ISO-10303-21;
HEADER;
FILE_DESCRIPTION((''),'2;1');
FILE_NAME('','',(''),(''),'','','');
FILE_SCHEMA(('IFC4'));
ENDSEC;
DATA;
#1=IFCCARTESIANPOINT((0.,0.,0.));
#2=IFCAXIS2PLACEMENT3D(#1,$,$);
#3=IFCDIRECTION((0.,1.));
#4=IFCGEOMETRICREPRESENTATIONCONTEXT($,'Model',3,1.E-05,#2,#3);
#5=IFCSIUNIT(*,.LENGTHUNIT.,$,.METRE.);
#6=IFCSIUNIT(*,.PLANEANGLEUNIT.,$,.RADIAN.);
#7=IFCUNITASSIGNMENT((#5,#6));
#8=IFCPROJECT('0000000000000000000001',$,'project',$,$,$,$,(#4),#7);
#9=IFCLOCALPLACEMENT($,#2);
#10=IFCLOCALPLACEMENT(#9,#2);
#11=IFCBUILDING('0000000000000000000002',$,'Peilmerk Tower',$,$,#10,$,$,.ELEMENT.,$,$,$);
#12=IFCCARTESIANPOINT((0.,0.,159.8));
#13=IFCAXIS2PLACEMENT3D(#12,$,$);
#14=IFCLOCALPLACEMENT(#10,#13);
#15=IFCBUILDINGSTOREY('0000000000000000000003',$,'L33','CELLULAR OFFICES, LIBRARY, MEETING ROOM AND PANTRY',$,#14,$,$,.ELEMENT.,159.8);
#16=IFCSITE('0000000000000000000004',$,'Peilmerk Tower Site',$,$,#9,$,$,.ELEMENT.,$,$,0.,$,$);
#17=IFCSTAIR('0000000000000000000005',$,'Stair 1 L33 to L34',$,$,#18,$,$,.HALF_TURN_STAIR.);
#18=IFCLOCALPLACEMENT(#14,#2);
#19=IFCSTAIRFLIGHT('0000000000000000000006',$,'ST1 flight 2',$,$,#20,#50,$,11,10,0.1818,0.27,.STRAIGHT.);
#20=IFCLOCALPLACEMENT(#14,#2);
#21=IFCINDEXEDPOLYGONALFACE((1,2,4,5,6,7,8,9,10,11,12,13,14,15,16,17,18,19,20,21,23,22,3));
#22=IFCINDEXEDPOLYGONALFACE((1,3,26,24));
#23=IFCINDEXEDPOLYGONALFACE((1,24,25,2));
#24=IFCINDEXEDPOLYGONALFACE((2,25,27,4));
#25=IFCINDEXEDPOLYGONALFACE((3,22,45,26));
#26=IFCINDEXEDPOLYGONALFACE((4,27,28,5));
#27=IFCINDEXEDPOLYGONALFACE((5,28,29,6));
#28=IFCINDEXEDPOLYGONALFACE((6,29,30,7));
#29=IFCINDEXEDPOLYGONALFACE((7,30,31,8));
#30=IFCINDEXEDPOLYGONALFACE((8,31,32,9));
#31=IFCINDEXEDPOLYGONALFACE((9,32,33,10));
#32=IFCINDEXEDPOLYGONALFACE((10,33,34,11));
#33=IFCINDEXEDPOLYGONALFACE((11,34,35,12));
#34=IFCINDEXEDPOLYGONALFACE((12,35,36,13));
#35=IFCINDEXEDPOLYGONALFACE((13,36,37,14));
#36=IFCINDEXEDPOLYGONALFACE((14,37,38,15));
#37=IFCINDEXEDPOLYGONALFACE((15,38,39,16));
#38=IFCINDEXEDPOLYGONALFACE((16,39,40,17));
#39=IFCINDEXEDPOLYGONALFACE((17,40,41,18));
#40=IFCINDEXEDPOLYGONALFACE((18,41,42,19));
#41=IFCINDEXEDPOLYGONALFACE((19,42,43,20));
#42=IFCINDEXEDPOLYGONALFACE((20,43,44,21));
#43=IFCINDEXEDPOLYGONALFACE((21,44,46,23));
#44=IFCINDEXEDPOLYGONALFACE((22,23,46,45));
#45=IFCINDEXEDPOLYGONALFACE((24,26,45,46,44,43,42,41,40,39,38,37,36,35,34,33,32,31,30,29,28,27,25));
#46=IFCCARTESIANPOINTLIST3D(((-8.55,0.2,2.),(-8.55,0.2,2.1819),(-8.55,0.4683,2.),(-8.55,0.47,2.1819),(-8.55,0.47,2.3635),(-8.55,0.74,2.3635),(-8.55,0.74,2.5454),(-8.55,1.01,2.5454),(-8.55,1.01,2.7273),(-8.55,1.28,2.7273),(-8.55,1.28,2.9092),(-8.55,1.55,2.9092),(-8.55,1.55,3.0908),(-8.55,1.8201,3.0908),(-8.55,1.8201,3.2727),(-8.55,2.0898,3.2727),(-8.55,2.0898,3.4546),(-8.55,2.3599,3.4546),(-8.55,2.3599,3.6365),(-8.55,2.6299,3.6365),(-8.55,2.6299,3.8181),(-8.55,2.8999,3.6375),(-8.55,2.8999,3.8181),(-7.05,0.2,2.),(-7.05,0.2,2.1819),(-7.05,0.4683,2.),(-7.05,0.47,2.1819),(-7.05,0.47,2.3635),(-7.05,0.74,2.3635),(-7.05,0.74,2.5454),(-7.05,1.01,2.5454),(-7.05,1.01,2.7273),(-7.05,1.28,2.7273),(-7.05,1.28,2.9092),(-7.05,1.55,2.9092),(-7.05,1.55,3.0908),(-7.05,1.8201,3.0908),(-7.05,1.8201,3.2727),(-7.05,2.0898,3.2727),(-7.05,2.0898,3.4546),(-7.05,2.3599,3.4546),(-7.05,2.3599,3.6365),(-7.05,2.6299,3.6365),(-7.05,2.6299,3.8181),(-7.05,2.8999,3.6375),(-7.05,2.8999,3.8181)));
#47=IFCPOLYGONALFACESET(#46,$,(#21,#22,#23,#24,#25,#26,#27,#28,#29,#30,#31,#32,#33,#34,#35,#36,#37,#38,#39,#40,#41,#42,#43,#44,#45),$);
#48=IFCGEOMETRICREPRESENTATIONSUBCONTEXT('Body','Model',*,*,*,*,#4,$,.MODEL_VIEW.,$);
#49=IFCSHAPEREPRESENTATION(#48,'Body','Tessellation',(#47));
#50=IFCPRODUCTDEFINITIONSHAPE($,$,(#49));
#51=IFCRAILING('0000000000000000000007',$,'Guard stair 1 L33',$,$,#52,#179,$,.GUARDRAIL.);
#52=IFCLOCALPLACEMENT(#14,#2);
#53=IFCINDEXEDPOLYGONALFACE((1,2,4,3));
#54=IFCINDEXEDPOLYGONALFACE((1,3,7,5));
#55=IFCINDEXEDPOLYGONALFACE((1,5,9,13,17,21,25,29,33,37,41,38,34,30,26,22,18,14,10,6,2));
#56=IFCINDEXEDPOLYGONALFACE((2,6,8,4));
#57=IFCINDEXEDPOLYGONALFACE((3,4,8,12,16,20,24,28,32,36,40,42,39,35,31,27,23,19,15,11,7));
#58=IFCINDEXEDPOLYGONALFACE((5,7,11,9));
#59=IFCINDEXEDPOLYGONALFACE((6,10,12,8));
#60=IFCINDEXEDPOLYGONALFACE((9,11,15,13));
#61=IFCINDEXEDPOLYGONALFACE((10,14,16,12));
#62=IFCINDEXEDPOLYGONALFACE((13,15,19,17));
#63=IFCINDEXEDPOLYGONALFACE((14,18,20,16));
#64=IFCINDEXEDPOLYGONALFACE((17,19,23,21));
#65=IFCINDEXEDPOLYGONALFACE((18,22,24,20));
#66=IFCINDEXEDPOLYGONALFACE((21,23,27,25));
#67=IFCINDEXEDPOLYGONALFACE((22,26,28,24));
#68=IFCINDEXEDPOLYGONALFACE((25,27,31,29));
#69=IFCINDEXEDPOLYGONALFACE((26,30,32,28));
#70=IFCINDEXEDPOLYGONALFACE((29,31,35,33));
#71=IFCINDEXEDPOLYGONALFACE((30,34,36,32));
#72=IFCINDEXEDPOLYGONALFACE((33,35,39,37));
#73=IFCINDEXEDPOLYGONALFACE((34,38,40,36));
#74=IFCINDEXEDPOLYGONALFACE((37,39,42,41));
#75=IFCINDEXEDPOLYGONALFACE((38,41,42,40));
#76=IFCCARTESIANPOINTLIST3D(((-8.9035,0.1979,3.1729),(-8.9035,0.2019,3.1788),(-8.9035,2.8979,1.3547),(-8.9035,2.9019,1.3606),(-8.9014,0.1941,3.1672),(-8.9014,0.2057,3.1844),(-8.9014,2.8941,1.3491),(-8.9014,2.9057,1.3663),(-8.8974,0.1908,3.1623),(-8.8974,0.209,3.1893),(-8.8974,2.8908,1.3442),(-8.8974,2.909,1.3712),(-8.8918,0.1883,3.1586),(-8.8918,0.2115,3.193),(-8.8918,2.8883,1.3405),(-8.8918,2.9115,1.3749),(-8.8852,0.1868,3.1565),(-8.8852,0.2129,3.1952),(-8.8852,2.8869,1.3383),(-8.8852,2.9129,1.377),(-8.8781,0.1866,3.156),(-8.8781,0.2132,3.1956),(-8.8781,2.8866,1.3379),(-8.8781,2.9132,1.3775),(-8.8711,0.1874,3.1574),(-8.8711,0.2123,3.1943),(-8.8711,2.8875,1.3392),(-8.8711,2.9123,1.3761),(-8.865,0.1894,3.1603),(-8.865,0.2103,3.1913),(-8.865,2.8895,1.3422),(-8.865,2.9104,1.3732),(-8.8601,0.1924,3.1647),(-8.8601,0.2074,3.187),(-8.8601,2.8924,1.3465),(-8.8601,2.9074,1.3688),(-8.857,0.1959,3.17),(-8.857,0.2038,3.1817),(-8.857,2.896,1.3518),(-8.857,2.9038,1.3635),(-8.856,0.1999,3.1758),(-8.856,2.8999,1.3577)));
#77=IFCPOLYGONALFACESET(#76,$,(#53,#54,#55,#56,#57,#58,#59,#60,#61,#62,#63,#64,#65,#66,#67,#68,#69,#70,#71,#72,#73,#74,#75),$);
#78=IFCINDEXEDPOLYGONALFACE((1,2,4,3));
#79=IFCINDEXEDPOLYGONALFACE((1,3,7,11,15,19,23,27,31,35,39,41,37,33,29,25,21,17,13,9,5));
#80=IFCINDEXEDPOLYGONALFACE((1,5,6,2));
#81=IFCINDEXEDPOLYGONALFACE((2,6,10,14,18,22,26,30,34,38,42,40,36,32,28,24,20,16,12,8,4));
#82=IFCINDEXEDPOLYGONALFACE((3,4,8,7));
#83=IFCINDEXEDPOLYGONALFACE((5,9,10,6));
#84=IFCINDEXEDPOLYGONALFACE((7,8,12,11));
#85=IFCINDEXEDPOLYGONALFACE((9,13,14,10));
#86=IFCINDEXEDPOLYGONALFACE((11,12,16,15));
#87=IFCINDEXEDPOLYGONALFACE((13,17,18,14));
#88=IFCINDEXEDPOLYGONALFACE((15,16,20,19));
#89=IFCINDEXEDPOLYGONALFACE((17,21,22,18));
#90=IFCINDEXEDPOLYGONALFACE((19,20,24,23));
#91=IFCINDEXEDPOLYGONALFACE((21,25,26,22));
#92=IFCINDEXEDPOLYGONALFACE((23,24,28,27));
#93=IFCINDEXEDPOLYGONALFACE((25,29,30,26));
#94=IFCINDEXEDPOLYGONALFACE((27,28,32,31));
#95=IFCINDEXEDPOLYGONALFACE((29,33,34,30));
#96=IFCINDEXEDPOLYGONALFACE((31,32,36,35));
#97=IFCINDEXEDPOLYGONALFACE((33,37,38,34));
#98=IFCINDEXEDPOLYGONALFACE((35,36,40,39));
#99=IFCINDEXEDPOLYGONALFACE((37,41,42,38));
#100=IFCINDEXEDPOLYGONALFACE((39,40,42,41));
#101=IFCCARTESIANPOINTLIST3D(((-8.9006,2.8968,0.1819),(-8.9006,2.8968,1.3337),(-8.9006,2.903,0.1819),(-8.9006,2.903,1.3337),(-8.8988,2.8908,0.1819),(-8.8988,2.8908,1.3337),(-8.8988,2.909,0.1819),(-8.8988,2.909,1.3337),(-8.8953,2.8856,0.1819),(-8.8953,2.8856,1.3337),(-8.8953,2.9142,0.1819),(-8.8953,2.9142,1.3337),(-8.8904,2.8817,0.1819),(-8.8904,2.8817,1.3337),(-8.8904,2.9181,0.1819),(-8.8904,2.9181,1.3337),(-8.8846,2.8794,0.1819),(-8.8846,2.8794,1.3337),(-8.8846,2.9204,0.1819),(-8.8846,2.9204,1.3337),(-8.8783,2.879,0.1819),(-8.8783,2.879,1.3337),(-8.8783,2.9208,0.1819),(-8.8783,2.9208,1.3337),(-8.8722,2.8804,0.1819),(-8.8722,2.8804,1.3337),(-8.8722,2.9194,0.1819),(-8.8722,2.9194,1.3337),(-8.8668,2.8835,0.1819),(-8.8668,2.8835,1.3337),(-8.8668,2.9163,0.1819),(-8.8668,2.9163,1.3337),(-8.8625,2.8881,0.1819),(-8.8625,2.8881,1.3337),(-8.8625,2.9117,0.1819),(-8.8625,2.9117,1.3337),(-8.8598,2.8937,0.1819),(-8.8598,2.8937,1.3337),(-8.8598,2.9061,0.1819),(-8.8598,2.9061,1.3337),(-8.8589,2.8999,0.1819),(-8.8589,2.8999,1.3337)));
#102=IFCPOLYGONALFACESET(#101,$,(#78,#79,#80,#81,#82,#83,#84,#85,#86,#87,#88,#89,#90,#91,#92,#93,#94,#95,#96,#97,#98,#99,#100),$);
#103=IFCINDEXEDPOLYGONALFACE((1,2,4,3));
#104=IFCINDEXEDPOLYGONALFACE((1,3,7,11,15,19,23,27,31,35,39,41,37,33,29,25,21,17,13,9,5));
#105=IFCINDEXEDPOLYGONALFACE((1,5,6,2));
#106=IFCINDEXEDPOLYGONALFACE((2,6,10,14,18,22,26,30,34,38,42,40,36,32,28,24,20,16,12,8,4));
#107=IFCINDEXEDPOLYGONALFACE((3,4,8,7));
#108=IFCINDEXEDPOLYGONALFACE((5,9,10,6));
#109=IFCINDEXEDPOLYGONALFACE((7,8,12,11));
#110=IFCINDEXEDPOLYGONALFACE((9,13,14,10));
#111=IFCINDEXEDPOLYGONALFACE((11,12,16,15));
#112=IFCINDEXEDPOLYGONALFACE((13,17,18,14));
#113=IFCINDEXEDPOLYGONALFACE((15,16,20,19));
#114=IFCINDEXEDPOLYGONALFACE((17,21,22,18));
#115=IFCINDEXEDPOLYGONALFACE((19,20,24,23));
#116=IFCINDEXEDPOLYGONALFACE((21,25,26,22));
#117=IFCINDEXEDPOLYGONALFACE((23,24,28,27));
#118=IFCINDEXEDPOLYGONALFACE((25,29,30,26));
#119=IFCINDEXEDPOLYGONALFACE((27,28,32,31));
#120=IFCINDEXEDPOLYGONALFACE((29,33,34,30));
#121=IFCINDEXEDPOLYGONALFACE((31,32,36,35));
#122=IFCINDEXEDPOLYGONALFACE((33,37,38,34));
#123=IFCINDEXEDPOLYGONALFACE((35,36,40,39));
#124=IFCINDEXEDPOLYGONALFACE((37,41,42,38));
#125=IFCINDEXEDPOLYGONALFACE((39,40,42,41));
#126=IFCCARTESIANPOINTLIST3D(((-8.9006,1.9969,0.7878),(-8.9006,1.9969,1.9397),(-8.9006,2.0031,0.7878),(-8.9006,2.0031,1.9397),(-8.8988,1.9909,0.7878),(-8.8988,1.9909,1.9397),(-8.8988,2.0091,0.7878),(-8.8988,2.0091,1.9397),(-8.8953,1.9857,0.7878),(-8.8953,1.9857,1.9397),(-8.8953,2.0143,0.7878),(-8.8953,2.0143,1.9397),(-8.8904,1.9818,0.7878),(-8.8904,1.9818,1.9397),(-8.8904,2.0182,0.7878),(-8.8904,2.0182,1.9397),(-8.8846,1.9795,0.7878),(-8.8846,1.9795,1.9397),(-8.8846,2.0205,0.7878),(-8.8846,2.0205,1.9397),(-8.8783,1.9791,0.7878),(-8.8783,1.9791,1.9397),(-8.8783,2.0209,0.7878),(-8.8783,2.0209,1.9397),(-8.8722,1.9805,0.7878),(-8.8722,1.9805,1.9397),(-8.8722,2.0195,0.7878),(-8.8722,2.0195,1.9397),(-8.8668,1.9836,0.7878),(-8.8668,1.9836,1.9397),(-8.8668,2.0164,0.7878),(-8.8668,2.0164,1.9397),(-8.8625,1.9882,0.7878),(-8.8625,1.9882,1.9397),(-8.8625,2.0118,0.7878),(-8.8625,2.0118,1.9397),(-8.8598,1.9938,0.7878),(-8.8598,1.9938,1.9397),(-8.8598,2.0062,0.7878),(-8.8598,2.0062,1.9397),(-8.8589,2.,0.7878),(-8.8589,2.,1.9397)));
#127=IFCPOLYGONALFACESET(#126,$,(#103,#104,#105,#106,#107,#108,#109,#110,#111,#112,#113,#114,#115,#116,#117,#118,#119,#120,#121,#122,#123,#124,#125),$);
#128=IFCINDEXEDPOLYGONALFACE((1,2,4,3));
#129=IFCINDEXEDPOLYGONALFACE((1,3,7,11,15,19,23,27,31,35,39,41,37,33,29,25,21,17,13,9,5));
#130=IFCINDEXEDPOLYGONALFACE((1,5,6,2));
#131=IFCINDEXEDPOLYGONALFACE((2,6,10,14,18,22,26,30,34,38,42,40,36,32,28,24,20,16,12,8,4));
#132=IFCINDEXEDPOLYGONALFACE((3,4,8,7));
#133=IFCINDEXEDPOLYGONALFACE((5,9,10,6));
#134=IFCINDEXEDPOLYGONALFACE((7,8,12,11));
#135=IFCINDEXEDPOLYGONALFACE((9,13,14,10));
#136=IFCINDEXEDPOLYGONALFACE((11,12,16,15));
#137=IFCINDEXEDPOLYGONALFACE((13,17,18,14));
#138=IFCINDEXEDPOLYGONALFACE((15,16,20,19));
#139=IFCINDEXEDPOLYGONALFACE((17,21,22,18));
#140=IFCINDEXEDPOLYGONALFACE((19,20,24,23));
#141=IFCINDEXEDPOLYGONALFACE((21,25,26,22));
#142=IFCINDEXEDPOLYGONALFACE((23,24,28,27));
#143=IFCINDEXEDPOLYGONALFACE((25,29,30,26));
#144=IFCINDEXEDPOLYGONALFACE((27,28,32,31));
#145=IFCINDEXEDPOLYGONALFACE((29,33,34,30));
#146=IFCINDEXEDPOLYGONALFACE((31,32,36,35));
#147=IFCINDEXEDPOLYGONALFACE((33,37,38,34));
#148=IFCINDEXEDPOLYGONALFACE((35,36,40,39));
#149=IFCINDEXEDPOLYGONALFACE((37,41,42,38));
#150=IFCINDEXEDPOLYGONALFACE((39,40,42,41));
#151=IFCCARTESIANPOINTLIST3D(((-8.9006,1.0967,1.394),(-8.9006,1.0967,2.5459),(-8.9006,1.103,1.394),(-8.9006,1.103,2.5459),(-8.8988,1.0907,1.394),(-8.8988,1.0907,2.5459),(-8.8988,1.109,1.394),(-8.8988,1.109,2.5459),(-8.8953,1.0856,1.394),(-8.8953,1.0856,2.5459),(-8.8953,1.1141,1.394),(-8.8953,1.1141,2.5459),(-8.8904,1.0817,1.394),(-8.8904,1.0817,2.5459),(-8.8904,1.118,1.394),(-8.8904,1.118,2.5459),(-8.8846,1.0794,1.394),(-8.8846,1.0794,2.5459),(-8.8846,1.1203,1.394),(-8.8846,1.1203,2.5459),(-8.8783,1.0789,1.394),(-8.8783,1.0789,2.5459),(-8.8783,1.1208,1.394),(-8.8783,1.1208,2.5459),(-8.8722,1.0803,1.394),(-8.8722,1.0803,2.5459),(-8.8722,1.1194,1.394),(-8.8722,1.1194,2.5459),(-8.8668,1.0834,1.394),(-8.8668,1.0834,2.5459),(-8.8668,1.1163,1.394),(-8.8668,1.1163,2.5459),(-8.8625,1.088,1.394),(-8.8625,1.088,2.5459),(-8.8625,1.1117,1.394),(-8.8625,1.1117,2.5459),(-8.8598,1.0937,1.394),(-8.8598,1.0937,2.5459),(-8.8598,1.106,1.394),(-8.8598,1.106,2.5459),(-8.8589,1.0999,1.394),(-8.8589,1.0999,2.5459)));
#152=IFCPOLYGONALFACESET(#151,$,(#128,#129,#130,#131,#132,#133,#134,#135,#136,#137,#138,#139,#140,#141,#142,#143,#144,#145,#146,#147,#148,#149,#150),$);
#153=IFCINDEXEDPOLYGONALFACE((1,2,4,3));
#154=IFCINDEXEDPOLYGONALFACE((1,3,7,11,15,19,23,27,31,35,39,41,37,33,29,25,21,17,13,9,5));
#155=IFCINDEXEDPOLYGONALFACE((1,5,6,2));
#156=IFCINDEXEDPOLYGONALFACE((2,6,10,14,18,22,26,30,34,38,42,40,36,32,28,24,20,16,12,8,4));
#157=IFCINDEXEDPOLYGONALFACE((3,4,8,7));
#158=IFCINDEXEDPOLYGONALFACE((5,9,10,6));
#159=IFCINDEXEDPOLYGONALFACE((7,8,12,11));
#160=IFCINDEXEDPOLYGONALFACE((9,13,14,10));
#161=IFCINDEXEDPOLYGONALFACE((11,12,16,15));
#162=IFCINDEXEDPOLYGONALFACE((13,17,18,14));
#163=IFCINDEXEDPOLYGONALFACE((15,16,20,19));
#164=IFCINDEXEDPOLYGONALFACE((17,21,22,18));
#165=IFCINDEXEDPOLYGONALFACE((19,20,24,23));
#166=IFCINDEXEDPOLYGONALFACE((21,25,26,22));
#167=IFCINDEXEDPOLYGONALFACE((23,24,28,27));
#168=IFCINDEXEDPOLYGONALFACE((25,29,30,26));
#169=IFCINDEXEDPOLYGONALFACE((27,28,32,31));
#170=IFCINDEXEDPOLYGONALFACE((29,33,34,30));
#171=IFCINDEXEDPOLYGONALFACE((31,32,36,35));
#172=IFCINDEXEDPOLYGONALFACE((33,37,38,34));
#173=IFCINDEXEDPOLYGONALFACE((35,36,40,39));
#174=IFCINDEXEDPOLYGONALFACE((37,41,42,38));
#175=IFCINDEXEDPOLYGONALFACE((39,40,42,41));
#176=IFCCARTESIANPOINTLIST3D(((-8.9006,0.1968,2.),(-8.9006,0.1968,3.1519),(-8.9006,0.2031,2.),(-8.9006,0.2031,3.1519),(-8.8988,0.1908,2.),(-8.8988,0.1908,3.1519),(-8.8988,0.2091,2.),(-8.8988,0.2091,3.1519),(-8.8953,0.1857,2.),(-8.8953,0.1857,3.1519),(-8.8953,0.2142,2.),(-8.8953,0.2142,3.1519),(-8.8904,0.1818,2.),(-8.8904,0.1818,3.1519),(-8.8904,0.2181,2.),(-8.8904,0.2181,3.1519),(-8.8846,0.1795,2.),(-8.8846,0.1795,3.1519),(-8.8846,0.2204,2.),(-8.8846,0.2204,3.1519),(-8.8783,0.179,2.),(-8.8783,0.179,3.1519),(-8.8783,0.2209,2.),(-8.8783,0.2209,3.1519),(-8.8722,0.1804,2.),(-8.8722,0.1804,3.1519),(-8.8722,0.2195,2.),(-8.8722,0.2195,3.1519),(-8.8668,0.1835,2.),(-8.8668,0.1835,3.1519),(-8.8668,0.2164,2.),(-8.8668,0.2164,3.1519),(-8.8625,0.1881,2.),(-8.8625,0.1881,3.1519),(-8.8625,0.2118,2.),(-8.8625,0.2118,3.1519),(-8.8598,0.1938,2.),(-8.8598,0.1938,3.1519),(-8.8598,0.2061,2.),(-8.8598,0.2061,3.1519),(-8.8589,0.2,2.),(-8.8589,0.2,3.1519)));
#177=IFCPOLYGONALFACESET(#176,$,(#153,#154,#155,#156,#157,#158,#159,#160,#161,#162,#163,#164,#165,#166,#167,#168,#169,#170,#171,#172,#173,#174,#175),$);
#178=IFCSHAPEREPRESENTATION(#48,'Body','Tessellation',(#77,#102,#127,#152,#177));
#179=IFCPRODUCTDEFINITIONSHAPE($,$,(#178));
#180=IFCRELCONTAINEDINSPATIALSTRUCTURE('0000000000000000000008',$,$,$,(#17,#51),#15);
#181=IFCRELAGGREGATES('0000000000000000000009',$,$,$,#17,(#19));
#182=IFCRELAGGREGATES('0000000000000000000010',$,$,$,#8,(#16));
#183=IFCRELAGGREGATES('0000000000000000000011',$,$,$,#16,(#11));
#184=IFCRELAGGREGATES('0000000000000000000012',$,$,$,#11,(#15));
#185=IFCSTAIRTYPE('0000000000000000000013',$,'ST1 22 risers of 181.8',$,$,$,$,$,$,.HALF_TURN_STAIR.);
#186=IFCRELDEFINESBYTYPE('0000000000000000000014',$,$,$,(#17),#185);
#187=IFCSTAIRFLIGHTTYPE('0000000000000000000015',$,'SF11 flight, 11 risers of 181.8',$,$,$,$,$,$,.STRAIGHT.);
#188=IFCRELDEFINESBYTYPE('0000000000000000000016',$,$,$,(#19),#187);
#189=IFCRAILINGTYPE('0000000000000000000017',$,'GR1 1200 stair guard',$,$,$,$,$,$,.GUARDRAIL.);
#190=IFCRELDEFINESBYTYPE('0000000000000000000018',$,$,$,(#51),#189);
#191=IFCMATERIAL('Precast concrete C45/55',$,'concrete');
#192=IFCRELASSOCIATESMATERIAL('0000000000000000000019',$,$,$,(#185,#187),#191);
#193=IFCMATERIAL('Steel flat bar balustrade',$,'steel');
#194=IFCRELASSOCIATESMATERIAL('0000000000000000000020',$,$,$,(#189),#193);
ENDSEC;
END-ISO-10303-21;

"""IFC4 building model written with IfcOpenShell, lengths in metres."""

from ifc_helpers import new_model, si_unit, direction, frame, origin, origin_2d, place, context, subcontext, project, spatial, polyline, circle, outline, extrude, material, type_object, element, aggregate, save


model = new_model("IFC4")

# Units and contexts
model_context = context("Model", 3, precision=1e-05, world=origin(), true_north=direction((0.0, 1.0)))
body_context = subcontext(model_context, "Body", "Model", "MODEL_VIEW")
ifc_project = project(units=[si_unit("LENGTHUNIT", "METRE"), si_unit("PLANEANGLEUNIT", "RADIAN")], contexts=[model_context])

# Site, building, storey
site_placement = place(None, origin())
site = spatial("IfcSite", under=ifc_project, at=site_placement, Name="Peilmerk Tower Site", CompositionType="ELEMENT", RefElevation=0.0)
building_placement = place(site_placement, origin())
building = spatial("IfcBuilding", under=site, at=building_placement, Name="Peilmerk Tower", CompositionType="ELEMENT")
storey_placement = place(building_placement, frame((0.0, 0.0, 159.8)))
storey = spatial("IfcBuildingStorey", under=building, at=storey_placement, Name="L33", Description="CELLULAR OFFICES, LIBRARY, MEETING ROOM AND PANTRY", CompositionType="ELEMENT", Elevation=159.8)

# Stair, stair flight
ifc_material_1 = material(Name="Precast concrete C45/55", Category="concrete")
stair_type = type_object("IfcStairType", Name="ST1 22 risers of 181.8", PredefinedType="HALF_TURN_STAIR", material=ifc_material_1)
stair_placement = place(storey_placement, origin())
stair = element("IfcStair", 1, at=stair_placement, inside=storey, type_object=stair_type, Name="Stair 1 L33 to L34", PredefinedType="HALF_TURN_STAIR")
stair_flight_type = type_object("IfcStairFlightType", Name="SF11 flight, 11 risers of 181.8", PredefinedType="STRAIGHT", material=ifc_material_1)
stair_flight_1_placement = place(storey_placement, frame((-7.8, 0.2, 2.0), z_axis=(0.0, 0.0, 1.0), x_axis=(0.0, 1.0, 0.0)))
stair_flight_1 = element("IfcStairFlight", 2, at=stair_flight_1_placement, type_object=stair_flight_type, Name="ST1 flight 2", NumberOfRisers=11, NumberOfTreads=10, PredefinedType="STRAIGHT", RiserHeight=0.1818, TreadLength=0.27, context=body_context, shape_type="SweptSolid", body=[
    extrude(outline(polyline([(0.0, 0.0), (0.0, 0.1819), (0.27, 0.1819), (0.27, 0.3635), (0.54, 0.3635), (0.54, 0.5454), (0.8101, 0.5454), (0.8101, 0.7273), (1.0801, 0.7273), (1.0801, 0.9092), (1.3501, 0.9092), (1.3501, 1.0908), (1.6201, 1.0908), (1.6201, 1.2727), (1.8899, 1.2727), (1.8899, 1.4546), (2.1599, 1.4546), (2.1599, 1.6365), (2.4299, 1.6365), (2.4299, 1.8181), (2.7, 1.8181), (2.7, 2.0), (2.7, 1.6375), (0.2683, 0.0), (0.0, 0.0)])), frame((0.0, 0.75, 0.0), z_axis=(0.0, -1.0, 0.0), x_axis=(1.0, 0.0, 0.0)), (0.0, 0.0, 1.0), 1.5),
])
aggregate(stair, [stair_flight_1])

# Railing
ifc_material_2 = material(Name="Steel flat bar balustrade", Category="steel")
railing_type_1 = type_object("IfcRailingType", Name="GR1 1200 stair guard", PredefinedType="GUARDRAIL", material=ifc_material_2)
railing_1_placement = place(storey_placement, frame((-8.8799, 2.8999, 0.1819)))
element("IfcRailing", 3, at=railing_1_placement, inside=storey, type_object=railing_type_1, Name="Guard stair 1 L33", PredefinedType="GUARDRAIL", context=body_context, shape_type="SweptSolid", body=[
    extrude(circle(Radius=0.0239, at=origin_2d()), frame((0.0, 0.0, 1.1758), z_axis=(0.0, -0.829468, 0.558554), x_axis=(1.0, 0.0, 0.0)), (0.0, 0.0, 1.0), 3.2551),
    extrude(circle(Radius=0.021, at=origin_2d()), origin(), (0.0, 0.0, 1.0), 1.1519),
    extrude(circle(Radius=0.021, at=origin_2d()), frame((0.0, -0.8999, 0.606)), (0.0, 0.0, 1.0), 1.1519),
    extrude(circle(Radius=0.021, at=origin_2d()), frame((0.0, -1.8, 1.2122)), (0.0, 0.0, 1.0), 1.1519),
    extrude(circle(Radius=0.021, at=origin_2d()), frame((0.0, -2.7, 1.8181)), (0.0, 0.0, 1.0), 1.1519),
])

save(model, "model.ifc")
